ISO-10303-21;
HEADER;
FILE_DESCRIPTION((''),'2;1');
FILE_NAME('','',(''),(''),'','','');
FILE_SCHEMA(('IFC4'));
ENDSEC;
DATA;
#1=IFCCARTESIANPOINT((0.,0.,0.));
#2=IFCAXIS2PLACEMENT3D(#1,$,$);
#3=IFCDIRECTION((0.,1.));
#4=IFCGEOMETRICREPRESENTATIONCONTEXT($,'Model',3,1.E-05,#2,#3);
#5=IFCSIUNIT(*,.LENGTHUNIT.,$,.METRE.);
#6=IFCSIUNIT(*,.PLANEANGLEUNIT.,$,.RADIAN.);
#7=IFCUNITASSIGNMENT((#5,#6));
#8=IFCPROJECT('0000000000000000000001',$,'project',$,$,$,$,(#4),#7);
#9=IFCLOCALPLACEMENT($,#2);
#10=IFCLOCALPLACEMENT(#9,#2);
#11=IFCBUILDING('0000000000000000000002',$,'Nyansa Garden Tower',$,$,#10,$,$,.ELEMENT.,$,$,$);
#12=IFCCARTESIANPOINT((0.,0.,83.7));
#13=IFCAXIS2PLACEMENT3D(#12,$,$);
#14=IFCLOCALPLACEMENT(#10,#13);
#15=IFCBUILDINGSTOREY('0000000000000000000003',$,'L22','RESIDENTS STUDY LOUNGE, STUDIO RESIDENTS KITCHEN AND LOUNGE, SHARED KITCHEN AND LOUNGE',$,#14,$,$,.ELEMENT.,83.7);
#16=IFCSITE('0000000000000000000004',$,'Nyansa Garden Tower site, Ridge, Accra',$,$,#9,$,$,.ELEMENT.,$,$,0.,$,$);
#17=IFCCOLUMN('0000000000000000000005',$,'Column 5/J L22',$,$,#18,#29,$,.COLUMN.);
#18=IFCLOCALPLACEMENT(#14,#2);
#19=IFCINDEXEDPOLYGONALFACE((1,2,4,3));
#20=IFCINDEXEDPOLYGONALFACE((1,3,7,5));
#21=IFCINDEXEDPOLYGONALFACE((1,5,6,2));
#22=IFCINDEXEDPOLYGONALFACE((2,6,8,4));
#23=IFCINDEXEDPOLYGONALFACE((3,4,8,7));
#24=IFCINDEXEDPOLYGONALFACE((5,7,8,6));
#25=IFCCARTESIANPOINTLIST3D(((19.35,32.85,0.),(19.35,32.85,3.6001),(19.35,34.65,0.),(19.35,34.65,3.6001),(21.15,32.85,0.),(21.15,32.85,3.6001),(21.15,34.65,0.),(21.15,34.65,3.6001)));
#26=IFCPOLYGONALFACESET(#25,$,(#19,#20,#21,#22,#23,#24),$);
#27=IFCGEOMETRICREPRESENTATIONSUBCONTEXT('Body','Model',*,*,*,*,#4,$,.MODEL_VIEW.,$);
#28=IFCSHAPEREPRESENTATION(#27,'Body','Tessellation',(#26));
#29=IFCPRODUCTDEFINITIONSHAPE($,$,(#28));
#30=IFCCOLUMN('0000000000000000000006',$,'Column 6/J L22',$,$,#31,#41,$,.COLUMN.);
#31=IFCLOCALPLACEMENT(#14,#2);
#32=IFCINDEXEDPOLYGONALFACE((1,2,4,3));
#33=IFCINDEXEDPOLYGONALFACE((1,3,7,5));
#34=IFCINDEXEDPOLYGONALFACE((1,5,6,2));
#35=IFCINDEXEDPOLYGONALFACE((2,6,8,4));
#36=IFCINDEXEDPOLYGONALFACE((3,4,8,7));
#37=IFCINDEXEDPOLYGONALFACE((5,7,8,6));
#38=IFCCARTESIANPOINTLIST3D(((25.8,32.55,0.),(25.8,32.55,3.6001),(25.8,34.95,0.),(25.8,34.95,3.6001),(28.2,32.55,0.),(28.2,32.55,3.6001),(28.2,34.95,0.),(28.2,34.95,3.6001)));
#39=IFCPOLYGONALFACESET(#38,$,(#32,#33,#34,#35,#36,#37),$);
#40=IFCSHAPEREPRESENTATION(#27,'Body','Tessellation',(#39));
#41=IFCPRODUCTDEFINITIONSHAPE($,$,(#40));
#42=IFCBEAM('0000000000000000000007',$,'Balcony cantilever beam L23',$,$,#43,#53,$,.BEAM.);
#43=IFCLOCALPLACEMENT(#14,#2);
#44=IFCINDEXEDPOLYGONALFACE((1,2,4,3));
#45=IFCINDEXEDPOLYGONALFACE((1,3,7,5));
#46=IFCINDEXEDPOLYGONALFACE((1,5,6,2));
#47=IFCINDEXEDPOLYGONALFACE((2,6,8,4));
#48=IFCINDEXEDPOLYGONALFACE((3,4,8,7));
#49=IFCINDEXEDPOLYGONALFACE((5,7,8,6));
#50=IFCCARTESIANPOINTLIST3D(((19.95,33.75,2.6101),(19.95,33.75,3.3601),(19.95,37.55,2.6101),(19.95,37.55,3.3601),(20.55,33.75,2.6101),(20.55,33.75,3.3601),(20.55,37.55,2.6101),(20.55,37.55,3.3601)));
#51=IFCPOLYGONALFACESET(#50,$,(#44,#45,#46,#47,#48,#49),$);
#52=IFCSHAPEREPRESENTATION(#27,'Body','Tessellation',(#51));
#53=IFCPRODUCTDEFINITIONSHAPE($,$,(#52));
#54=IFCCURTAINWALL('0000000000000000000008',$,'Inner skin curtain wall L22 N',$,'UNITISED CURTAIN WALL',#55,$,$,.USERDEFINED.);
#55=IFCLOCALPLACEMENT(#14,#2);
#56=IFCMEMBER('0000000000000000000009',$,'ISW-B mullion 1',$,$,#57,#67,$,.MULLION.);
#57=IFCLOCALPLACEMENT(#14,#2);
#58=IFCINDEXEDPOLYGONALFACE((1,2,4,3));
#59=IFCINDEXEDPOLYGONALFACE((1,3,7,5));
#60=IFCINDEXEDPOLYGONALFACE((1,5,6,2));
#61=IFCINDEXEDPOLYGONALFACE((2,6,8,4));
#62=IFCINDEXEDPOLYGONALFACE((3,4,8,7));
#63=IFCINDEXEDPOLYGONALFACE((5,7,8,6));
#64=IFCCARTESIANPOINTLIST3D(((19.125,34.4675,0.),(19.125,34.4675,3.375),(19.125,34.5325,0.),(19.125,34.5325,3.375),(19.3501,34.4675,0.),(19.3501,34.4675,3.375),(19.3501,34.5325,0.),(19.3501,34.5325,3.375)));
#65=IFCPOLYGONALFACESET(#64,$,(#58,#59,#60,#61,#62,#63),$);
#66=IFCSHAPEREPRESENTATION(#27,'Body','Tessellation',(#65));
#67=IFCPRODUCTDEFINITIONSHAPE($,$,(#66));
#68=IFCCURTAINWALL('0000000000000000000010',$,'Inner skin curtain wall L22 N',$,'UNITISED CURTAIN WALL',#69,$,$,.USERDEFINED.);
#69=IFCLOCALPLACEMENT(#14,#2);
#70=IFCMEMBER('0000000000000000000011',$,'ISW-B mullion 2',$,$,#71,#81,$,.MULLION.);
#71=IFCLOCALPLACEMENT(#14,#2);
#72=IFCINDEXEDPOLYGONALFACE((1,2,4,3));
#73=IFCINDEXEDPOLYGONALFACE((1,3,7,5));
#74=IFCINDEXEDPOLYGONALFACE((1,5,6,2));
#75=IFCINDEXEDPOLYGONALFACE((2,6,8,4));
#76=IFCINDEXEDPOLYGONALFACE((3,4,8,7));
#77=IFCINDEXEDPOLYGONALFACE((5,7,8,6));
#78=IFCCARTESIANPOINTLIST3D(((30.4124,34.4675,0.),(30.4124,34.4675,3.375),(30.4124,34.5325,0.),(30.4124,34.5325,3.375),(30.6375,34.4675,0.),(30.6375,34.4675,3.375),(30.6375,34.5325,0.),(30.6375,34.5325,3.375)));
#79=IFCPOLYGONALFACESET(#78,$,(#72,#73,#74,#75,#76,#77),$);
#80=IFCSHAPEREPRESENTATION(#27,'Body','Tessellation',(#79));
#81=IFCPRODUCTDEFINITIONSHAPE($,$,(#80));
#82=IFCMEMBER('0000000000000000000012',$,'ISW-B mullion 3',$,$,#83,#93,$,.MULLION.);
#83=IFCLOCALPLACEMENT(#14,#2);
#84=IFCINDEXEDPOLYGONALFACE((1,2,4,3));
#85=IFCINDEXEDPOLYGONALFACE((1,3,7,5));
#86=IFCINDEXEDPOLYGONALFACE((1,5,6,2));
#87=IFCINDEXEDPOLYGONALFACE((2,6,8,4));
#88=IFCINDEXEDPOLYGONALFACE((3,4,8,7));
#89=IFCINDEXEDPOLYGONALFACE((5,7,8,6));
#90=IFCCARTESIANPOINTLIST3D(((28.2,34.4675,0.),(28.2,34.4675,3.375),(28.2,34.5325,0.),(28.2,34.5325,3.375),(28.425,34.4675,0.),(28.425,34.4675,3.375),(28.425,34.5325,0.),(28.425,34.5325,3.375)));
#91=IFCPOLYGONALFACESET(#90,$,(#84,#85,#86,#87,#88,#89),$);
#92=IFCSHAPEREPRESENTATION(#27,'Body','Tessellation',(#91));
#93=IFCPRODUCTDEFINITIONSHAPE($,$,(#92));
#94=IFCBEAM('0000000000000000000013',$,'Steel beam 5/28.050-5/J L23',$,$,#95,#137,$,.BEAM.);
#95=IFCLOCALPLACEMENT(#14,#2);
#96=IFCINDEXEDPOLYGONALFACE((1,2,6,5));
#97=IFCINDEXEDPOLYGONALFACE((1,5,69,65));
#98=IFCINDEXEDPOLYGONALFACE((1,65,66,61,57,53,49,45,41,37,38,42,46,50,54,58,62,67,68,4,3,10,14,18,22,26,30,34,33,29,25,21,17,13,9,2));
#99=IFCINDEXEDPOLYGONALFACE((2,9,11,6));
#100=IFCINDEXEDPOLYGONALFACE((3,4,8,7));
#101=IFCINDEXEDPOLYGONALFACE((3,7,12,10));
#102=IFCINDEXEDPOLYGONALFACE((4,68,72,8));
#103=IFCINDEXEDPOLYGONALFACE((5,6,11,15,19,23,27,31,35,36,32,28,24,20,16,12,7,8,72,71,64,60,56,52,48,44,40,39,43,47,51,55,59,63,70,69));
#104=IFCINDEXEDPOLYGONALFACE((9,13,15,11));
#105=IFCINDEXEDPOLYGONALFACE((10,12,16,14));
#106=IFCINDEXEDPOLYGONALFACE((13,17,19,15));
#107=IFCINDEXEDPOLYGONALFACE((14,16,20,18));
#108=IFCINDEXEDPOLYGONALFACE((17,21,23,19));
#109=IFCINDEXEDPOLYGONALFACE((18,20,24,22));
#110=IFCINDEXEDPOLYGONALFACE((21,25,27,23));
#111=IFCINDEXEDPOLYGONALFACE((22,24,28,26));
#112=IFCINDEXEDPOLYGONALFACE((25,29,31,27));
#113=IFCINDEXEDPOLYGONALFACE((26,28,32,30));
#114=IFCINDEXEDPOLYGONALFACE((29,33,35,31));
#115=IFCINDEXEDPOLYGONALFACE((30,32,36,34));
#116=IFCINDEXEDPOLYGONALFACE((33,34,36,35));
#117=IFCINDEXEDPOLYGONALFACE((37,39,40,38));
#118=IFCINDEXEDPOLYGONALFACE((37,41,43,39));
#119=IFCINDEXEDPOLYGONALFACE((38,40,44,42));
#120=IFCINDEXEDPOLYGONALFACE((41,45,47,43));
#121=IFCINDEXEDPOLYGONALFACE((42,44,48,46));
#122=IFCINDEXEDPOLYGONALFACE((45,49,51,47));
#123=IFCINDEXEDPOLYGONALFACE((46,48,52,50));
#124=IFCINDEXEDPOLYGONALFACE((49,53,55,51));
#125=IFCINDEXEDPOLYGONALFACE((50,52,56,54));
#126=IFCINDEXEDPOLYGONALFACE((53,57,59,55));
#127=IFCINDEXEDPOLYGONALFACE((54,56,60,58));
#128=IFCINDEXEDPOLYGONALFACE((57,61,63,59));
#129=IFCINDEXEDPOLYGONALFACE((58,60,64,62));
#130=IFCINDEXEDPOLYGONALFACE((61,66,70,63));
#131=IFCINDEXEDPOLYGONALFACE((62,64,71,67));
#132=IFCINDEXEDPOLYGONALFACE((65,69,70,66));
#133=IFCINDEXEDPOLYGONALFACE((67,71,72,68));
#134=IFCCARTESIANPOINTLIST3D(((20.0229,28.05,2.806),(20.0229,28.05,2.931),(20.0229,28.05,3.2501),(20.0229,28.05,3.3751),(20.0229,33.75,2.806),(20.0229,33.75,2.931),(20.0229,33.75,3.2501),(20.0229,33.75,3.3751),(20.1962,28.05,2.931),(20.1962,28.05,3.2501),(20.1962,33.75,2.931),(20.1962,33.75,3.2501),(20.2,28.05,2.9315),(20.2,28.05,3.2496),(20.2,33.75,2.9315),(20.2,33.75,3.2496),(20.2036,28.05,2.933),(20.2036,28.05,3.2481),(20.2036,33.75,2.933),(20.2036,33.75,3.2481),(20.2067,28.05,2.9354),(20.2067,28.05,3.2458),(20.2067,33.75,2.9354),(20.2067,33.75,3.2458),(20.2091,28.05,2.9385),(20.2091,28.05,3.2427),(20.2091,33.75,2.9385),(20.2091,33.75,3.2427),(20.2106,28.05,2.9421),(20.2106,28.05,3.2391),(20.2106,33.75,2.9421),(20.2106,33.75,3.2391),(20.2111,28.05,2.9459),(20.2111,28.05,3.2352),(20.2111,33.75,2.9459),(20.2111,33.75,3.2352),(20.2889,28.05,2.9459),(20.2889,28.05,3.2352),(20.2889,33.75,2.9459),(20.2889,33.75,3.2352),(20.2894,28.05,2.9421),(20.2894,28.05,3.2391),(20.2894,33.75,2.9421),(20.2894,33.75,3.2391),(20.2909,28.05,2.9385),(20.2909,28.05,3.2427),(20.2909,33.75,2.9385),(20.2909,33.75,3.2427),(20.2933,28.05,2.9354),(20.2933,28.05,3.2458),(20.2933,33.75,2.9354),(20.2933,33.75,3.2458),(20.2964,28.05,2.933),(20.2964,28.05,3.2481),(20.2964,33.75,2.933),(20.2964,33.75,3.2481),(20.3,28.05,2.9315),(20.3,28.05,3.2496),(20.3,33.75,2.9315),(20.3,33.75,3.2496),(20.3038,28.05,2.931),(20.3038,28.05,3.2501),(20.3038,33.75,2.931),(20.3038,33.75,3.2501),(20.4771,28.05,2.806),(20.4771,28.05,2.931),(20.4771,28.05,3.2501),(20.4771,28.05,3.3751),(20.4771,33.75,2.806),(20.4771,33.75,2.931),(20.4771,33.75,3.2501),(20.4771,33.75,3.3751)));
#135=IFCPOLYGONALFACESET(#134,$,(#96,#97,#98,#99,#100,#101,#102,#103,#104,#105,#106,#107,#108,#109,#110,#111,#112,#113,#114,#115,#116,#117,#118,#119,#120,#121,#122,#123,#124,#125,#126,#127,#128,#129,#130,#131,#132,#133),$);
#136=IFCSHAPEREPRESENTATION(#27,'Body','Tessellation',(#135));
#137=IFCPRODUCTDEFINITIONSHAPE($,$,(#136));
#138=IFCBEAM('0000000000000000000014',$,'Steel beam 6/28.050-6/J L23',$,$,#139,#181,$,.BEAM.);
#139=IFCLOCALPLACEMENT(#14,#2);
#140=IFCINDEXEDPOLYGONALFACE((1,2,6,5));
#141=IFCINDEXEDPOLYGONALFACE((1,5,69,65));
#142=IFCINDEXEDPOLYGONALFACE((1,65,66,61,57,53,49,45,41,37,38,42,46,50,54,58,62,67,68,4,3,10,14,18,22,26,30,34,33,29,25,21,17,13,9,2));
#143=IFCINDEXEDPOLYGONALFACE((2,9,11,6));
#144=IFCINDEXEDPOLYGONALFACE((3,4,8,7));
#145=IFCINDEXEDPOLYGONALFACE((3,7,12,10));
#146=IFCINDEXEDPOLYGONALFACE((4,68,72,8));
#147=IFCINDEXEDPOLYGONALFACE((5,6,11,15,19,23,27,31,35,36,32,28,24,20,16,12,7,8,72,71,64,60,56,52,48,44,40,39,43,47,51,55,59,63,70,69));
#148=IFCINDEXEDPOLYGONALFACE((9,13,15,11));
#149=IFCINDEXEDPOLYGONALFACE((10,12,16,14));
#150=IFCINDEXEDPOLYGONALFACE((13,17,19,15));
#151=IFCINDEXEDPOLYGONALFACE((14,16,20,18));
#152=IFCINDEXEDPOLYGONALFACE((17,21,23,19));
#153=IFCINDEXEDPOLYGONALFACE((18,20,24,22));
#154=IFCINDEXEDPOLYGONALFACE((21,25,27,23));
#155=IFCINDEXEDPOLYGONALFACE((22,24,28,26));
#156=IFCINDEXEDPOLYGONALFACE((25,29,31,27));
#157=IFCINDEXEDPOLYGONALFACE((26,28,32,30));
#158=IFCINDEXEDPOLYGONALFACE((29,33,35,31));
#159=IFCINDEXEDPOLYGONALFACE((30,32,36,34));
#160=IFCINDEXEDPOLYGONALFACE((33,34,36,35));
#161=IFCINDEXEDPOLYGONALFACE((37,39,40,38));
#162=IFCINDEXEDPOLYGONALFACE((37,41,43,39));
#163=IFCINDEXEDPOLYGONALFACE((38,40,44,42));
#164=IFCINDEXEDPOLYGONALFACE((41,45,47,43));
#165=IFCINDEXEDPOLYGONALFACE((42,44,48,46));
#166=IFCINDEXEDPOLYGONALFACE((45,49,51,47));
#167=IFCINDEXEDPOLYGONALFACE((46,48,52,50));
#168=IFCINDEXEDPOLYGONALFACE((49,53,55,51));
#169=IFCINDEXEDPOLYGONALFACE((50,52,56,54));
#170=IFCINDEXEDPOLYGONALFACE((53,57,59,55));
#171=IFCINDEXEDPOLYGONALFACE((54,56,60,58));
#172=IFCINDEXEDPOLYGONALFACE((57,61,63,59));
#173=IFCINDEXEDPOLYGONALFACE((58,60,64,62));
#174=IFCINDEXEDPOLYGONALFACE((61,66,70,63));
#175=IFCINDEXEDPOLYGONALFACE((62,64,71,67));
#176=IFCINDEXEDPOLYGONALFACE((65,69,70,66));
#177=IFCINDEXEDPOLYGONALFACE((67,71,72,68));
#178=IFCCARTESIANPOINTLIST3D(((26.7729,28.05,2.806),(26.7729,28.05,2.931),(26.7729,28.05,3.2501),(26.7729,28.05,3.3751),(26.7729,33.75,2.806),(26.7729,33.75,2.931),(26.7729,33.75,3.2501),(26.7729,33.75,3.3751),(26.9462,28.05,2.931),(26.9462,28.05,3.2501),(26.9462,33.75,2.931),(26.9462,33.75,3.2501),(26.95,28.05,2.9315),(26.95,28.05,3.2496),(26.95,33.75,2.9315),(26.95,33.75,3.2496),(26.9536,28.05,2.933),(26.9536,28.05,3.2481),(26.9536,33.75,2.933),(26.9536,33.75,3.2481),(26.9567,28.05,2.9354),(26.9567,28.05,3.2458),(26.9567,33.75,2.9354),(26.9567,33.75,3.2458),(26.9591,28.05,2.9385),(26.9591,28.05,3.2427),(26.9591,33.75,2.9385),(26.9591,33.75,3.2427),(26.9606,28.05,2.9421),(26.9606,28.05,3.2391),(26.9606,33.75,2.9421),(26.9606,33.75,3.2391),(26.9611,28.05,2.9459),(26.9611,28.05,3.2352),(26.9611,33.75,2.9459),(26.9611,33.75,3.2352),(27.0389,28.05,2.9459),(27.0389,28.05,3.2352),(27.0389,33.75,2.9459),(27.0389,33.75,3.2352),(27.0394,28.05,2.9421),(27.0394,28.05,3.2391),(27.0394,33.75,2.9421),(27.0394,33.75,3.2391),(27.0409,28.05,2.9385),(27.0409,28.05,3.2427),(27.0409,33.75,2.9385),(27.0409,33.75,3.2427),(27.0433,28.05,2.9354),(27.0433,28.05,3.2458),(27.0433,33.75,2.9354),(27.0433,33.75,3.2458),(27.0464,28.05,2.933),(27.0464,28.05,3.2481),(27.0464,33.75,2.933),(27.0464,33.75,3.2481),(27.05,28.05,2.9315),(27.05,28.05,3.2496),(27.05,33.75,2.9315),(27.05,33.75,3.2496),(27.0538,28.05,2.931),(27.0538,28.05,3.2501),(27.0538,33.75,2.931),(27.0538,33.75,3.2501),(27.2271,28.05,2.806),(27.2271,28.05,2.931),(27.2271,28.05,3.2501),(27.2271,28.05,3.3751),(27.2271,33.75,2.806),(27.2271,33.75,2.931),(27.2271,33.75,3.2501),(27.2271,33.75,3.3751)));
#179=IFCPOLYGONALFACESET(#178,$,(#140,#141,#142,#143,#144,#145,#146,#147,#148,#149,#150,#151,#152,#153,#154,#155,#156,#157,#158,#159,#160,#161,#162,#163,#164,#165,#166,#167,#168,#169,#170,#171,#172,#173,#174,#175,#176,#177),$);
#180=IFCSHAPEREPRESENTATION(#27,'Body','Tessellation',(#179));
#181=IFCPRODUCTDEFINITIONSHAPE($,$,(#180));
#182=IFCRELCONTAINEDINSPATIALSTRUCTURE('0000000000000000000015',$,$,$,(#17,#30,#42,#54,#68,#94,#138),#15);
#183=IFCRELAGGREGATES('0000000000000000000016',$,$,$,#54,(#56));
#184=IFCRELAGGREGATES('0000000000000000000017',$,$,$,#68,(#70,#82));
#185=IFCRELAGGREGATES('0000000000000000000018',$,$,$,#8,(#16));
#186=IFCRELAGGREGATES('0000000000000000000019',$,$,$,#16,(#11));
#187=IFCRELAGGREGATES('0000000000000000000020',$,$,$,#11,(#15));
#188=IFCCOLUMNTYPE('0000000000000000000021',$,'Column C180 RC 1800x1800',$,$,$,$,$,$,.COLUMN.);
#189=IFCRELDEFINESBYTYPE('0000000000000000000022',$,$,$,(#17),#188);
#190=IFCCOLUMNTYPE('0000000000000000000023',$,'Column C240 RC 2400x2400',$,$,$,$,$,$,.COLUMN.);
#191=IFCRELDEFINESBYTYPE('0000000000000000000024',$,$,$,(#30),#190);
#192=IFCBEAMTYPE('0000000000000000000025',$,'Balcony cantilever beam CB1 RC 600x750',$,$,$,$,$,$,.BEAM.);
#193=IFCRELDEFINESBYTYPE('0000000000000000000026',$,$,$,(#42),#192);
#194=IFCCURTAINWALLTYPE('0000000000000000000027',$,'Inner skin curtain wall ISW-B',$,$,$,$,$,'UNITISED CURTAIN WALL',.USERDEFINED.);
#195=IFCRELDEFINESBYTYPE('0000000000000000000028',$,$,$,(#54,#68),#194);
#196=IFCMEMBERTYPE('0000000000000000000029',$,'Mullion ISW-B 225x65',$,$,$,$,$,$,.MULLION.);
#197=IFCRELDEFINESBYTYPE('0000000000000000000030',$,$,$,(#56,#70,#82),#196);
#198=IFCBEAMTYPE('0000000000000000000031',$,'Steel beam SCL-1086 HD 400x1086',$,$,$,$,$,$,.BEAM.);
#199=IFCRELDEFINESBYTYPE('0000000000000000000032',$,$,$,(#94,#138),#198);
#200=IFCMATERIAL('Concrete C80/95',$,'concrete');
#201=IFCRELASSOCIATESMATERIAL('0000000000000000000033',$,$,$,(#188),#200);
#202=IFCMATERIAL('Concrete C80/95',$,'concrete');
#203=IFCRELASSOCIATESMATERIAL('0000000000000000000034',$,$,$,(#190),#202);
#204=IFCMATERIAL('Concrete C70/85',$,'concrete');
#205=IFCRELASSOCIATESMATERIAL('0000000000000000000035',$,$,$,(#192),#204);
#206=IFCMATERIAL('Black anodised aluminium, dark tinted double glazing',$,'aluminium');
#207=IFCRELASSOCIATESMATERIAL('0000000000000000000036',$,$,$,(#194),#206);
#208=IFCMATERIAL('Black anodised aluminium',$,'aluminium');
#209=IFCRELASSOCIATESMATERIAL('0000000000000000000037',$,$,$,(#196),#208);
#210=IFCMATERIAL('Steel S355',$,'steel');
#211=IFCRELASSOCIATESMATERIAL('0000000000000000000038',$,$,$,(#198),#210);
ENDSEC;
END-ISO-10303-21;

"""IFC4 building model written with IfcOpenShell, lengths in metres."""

from ifc_helpers import new_model, si_unit, direction, frame, origin, origin_2d, place, context, subcontext, project, spatial, rectangle, i_section, extrude, material, material_profile, profile_set, type_object, element, aggregate, save


model = new_model("IFC4")

# Units and contexts
model_context = context("Model", 3, precision=1e-05, world=origin(), true_north=direction((0.0, 1.0)))
body_context = subcontext(model_context, "Body", "Model", "MODEL_VIEW")
ifc_project = project(units=[si_unit("LENGTHUNIT", "METRE"), si_unit("PLANEANGLEUNIT", "RADIAN")], contexts=[model_context])

# Site, building, storey
site_placement = place(None, origin())
site = spatial("IfcSite", under=ifc_project, at=site_placement, Name="Nyansa Garden Tower site, Ridge, Accra", CompositionType="ELEMENT", RefElevation=0.0)
building_placement = place(site_placement, origin())
building = spatial("IfcBuilding", under=site, at=building_placement, Name="Nyansa Garden Tower", CompositionType="ELEMENT")
storey_placement = place(building_placement, frame((0.0, 0.0, 83.7)))
storey = spatial("IfcBuildingStorey", under=building, at=storey_placement, Name="L22", Description="RESIDENTS STUDY LOUNGE, STUDIO RESIDENTS KITCHEN AND LOUNGE, SHARED KITCHEN AND LOUNGE", CompositionType="ELEMENT", Elevation=83.7)

# Columns
ifc_material_1 = material(Name="Concrete C80/95", Category="concrete")
ifc_material_profile_1 = material_profile(ifc_material_1, rectangle(XDim=1.8, YDim=1.8, at=origin_2d()), Name="RC 1800x1800")
ifc_profile_set_1 = profile_set([ifc_material_profile_1], Name="Concrete C80/95")
column_type_1 = type_object("IfcColumnType", Name="Column C180 RC 1800x1800", PredefinedType="COLUMN", material=ifc_profile_set_1)
column_1_placement = place(storey_placement, frame((20.25, 33.75, 0.0), z_axis=(0.0, 0.0, 1.0), x_axis=(1.0, 0.0, 0.0)))
element("IfcColumn", 1, at=column_1_placement, inside=storey, type_object=column_type_1, Name="Column 5/J L22", PredefinedType="COLUMN", context=body_context, shape_type="SweptSolid", body=[
    extrude(rectangle(XDim=1.8, YDim=1.8, at=origin_2d()), origin(), (0.0, 0.0, 1.0), 3.6001),
])
ifc_material_2 = material(Name="Concrete C80/95", Category="concrete")
ifc_material_profile_2 = material_profile(ifc_material_2, rectangle(XDim=2.3999, YDim=2.3999, at=origin_2d()), Name="RC 2400x2400")
ifc_profile_set_2 = profile_set([ifc_material_profile_2], Name="Concrete C80/95")
column_type_2 = type_object("IfcColumnType", Name="Column C240 RC 2400x2400", PredefinedType="COLUMN", material=ifc_profile_set_2)
column_2_placement = place(storey_placement, frame((27.0, 33.75, 0.0), z_axis=(0.0, 0.0, 1.0), x_axis=(1.0, 0.0, 0.0)))
element("IfcColumn", 2, at=column_2_placement, inside=storey, type_object=column_type_2, Name="Column 6/J L22", PredefinedType="COLUMN", context=body_context, shape_type="SweptSolid", body=[
    extrude(rectangle(XDim=2.3999, YDim=2.3999, at=origin_2d()), origin(), (0.0, 0.0, 1.0), 3.6001),
])

# Beam
ifc_material_3 = material(Name="Concrete C70/85", Category="concrete")
ifc_material_profile_3 = material_profile(ifc_material_3, rectangle(XDim=0.6001, YDim=0.75, at=origin_2d()), Name="RC 600x750")
ifc_profile_set_3 = profile_set([ifc_material_profile_3], Name="Concrete C70/85")
beam_type_1 = type_object("IfcBeamType", Name="Balcony cantilever beam CB1 RC 600x750", PredefinedType="BEAM", material=ifc_profile_set_3)
beam_placement = place(storey_placement, frame((20.25, 33.75, 2.9851), z_axis=(0.0, 1.0, 0.0), x_axis=(-1.0, 0.0, 0.0)))
element("IfcBeam", 3, at=beam_placement, inside=storey, type_object=beam_type_1, Name="Balcony cantilever beam L23", PredefinedType="BEAM", context=body_context, shape_type="SweptSolid", body=[
    extrude(rectangle(XDim=0.6001, YDim=0.75, at=origin_2d()), origin(), (0.0, 0.0, 1.0), 3.8),
])

# Curtain wall, member
ifc_material_4 = material(Name="Black anodised aluminium, dark tinted double glazing", Category="aluminium")
curtain_wall_type = type_object("IfcCurtainWallType", Name="Inner skin curtain wall ISW-B", ElementType="UNITISED CURTAIN WALL", PredefinedType="USERDEFINED", material=ifc_material_4)
curtain_wall_1_placement = place(storey_placement, origin())
curtain_wall_1 = element("IfcCurtainWall", 4, at=curtain_wall_1_placement, inside=storey, type_object=curtain_wall_type, Name="Inner skin curtain wall L22 N", ObjectType="UNITISED CURTAIN WALL", PredefinedType="USERDEFINED")
ifc_material_5 = material(Name="Black anodised aluminium", Category="aluminium")
ifc_material_profile_4 = material_profile(ifc_material_5, rectangle(XDim=0.0649, YDim=0.2251, at=origin_2d()), Name="Mullion 225x65")
ifc_profile_set_4 = profile_set([ifc_material_profile_4], Name="Black anodised aluminium")
member_type_1 = type_object("IfcMemberType", Name="Mullion ISW-B 225x65", PredefinedType="MULLION", material=ifc_profile_set_4)
member_1_placement = place(storey_placement, frame((19.2375, 34.5, 0.0), z_axis=(0.0, 0.0, 1.0), x_axis=(0.0, -1.0, 0.0)))
member_1 = element("IfcMember", 5, at=member_1_placement, type_object=member_type_1, Name="ISW-B mullion 1", PredefinedType="MULLION", context=body_context, shape_type="SweptSolid", body=[
    extrude(rectangle(XDim=0.0649, YDim=0.2251, at=origin_2d()), origin(), (0.0, 0.0, 1.0), 3.375),
])

# Curtain wall, members
curtain_wall_2_placement = place(storey_placement, origin())
curtain_wall_2 = element("IfcCurtainWall", 6, at=curtain_wall_2_placement, inside=storey, type_object=curtain_wall_type, Name="Inner skin curtain wall L22 N", ObjectType="UNITISED CURTAIN WALL", PredefinedType="USERDEFINED")
member_2_placement = place(storey_placement, frame((30.5249, 34.5, 0.0), z_axis=(0.0, 0.0, 1.0), x_axis=(0.0, -1.0, 0.0)))
member_2 = element("IfcMember", 7, at=member_2_placement, type_object=member_type_1, Name="ISW-B mullion 2", PredefinedType="MULLION", context=body_context, shape_type="SweptSolid", body=[
    extrude(rectangle(XDim=0.0649, YDim=0.2251, at=origin_2d()), origin(), (0.0, 0.0, 1.0), 3.375),
])
member_3_placement = place(storey_placement, frame((28.3125, 34.5, 0.0), z_axis=(0.0, 0.0, 1.0), x_axis=(0.0, -1.0, 0.0)))
member_3 = element("IfcMember", 8, at=member_3_placement, type_object=member_type_1, Name="ISW-B mullion 3", PredefinedType="MULLION", context=body_context, shape_type="SweptSolid", body=[
    extrude(rectangle(XDim=0.0649, YDim=0.2251, at=origin_2d()), origin(), (0.0, 0.0, 1.0), 3.375),
])

# Beams
ifc_material_6 = material(Name="Steel S355", Category="steel")
ifc_material_profile_5 = material_profile(ifc_material_6, i_section(OverallWidth=0.4541, OverallDepth=0.5691, WebThickness=0.0779, FlangeThickness=0.125, FilletRadius=0.0149, at=origin_2d()), Name="HD 400x1086")
ifc_profile_set_5 = profile_set([ifc_material_profile_5], Name="Steel S355")
beam_type_2 = type_object("IfcBeamType", Name="Steel beam SCL-1086 HD 400x1086", PredefinedType="BEAM", material=ifc_profile_set_5)
for number, where, z_axis, x_axis, name in (
    (9, (20.25, 28.05, 3.0906), (0.0, 1.0, 0.0), (-1.0, 0.0, 0.0), "Steel beam 5/28.050-5/J L23"),
    (10, (27.0, 28.05, 3.0906), (0.0, 1.0, 0.0), (-1.0, 0.0, 0.0), "Steel beam 6/28.050-6/J L23"),
):
    element("IfcBeam", number, at=place(storey_placement, frame(where, z_axis=z_axis, x_axis=x_axis)), inside=storey, type_object=beam_type_2, Name=name, PredefinedType="BEAM", context=body_context, shape_type="SweptSolid", body=[
        extrude(i_section(OverallWidth=0.4541, OverallDepth=0.5691, WebThickness=0.0779, FlangeThickness=0.125, FilletRadius=0.0149, at=origin_2d()), origin(), (0.0, 0.0, 1.0), 5.7),
    ])

aggregate(curtain_wall_1, [member_1])

aggregate(curtain_wall_2, [member_2, member_3])

save(model, "model.ifc")
